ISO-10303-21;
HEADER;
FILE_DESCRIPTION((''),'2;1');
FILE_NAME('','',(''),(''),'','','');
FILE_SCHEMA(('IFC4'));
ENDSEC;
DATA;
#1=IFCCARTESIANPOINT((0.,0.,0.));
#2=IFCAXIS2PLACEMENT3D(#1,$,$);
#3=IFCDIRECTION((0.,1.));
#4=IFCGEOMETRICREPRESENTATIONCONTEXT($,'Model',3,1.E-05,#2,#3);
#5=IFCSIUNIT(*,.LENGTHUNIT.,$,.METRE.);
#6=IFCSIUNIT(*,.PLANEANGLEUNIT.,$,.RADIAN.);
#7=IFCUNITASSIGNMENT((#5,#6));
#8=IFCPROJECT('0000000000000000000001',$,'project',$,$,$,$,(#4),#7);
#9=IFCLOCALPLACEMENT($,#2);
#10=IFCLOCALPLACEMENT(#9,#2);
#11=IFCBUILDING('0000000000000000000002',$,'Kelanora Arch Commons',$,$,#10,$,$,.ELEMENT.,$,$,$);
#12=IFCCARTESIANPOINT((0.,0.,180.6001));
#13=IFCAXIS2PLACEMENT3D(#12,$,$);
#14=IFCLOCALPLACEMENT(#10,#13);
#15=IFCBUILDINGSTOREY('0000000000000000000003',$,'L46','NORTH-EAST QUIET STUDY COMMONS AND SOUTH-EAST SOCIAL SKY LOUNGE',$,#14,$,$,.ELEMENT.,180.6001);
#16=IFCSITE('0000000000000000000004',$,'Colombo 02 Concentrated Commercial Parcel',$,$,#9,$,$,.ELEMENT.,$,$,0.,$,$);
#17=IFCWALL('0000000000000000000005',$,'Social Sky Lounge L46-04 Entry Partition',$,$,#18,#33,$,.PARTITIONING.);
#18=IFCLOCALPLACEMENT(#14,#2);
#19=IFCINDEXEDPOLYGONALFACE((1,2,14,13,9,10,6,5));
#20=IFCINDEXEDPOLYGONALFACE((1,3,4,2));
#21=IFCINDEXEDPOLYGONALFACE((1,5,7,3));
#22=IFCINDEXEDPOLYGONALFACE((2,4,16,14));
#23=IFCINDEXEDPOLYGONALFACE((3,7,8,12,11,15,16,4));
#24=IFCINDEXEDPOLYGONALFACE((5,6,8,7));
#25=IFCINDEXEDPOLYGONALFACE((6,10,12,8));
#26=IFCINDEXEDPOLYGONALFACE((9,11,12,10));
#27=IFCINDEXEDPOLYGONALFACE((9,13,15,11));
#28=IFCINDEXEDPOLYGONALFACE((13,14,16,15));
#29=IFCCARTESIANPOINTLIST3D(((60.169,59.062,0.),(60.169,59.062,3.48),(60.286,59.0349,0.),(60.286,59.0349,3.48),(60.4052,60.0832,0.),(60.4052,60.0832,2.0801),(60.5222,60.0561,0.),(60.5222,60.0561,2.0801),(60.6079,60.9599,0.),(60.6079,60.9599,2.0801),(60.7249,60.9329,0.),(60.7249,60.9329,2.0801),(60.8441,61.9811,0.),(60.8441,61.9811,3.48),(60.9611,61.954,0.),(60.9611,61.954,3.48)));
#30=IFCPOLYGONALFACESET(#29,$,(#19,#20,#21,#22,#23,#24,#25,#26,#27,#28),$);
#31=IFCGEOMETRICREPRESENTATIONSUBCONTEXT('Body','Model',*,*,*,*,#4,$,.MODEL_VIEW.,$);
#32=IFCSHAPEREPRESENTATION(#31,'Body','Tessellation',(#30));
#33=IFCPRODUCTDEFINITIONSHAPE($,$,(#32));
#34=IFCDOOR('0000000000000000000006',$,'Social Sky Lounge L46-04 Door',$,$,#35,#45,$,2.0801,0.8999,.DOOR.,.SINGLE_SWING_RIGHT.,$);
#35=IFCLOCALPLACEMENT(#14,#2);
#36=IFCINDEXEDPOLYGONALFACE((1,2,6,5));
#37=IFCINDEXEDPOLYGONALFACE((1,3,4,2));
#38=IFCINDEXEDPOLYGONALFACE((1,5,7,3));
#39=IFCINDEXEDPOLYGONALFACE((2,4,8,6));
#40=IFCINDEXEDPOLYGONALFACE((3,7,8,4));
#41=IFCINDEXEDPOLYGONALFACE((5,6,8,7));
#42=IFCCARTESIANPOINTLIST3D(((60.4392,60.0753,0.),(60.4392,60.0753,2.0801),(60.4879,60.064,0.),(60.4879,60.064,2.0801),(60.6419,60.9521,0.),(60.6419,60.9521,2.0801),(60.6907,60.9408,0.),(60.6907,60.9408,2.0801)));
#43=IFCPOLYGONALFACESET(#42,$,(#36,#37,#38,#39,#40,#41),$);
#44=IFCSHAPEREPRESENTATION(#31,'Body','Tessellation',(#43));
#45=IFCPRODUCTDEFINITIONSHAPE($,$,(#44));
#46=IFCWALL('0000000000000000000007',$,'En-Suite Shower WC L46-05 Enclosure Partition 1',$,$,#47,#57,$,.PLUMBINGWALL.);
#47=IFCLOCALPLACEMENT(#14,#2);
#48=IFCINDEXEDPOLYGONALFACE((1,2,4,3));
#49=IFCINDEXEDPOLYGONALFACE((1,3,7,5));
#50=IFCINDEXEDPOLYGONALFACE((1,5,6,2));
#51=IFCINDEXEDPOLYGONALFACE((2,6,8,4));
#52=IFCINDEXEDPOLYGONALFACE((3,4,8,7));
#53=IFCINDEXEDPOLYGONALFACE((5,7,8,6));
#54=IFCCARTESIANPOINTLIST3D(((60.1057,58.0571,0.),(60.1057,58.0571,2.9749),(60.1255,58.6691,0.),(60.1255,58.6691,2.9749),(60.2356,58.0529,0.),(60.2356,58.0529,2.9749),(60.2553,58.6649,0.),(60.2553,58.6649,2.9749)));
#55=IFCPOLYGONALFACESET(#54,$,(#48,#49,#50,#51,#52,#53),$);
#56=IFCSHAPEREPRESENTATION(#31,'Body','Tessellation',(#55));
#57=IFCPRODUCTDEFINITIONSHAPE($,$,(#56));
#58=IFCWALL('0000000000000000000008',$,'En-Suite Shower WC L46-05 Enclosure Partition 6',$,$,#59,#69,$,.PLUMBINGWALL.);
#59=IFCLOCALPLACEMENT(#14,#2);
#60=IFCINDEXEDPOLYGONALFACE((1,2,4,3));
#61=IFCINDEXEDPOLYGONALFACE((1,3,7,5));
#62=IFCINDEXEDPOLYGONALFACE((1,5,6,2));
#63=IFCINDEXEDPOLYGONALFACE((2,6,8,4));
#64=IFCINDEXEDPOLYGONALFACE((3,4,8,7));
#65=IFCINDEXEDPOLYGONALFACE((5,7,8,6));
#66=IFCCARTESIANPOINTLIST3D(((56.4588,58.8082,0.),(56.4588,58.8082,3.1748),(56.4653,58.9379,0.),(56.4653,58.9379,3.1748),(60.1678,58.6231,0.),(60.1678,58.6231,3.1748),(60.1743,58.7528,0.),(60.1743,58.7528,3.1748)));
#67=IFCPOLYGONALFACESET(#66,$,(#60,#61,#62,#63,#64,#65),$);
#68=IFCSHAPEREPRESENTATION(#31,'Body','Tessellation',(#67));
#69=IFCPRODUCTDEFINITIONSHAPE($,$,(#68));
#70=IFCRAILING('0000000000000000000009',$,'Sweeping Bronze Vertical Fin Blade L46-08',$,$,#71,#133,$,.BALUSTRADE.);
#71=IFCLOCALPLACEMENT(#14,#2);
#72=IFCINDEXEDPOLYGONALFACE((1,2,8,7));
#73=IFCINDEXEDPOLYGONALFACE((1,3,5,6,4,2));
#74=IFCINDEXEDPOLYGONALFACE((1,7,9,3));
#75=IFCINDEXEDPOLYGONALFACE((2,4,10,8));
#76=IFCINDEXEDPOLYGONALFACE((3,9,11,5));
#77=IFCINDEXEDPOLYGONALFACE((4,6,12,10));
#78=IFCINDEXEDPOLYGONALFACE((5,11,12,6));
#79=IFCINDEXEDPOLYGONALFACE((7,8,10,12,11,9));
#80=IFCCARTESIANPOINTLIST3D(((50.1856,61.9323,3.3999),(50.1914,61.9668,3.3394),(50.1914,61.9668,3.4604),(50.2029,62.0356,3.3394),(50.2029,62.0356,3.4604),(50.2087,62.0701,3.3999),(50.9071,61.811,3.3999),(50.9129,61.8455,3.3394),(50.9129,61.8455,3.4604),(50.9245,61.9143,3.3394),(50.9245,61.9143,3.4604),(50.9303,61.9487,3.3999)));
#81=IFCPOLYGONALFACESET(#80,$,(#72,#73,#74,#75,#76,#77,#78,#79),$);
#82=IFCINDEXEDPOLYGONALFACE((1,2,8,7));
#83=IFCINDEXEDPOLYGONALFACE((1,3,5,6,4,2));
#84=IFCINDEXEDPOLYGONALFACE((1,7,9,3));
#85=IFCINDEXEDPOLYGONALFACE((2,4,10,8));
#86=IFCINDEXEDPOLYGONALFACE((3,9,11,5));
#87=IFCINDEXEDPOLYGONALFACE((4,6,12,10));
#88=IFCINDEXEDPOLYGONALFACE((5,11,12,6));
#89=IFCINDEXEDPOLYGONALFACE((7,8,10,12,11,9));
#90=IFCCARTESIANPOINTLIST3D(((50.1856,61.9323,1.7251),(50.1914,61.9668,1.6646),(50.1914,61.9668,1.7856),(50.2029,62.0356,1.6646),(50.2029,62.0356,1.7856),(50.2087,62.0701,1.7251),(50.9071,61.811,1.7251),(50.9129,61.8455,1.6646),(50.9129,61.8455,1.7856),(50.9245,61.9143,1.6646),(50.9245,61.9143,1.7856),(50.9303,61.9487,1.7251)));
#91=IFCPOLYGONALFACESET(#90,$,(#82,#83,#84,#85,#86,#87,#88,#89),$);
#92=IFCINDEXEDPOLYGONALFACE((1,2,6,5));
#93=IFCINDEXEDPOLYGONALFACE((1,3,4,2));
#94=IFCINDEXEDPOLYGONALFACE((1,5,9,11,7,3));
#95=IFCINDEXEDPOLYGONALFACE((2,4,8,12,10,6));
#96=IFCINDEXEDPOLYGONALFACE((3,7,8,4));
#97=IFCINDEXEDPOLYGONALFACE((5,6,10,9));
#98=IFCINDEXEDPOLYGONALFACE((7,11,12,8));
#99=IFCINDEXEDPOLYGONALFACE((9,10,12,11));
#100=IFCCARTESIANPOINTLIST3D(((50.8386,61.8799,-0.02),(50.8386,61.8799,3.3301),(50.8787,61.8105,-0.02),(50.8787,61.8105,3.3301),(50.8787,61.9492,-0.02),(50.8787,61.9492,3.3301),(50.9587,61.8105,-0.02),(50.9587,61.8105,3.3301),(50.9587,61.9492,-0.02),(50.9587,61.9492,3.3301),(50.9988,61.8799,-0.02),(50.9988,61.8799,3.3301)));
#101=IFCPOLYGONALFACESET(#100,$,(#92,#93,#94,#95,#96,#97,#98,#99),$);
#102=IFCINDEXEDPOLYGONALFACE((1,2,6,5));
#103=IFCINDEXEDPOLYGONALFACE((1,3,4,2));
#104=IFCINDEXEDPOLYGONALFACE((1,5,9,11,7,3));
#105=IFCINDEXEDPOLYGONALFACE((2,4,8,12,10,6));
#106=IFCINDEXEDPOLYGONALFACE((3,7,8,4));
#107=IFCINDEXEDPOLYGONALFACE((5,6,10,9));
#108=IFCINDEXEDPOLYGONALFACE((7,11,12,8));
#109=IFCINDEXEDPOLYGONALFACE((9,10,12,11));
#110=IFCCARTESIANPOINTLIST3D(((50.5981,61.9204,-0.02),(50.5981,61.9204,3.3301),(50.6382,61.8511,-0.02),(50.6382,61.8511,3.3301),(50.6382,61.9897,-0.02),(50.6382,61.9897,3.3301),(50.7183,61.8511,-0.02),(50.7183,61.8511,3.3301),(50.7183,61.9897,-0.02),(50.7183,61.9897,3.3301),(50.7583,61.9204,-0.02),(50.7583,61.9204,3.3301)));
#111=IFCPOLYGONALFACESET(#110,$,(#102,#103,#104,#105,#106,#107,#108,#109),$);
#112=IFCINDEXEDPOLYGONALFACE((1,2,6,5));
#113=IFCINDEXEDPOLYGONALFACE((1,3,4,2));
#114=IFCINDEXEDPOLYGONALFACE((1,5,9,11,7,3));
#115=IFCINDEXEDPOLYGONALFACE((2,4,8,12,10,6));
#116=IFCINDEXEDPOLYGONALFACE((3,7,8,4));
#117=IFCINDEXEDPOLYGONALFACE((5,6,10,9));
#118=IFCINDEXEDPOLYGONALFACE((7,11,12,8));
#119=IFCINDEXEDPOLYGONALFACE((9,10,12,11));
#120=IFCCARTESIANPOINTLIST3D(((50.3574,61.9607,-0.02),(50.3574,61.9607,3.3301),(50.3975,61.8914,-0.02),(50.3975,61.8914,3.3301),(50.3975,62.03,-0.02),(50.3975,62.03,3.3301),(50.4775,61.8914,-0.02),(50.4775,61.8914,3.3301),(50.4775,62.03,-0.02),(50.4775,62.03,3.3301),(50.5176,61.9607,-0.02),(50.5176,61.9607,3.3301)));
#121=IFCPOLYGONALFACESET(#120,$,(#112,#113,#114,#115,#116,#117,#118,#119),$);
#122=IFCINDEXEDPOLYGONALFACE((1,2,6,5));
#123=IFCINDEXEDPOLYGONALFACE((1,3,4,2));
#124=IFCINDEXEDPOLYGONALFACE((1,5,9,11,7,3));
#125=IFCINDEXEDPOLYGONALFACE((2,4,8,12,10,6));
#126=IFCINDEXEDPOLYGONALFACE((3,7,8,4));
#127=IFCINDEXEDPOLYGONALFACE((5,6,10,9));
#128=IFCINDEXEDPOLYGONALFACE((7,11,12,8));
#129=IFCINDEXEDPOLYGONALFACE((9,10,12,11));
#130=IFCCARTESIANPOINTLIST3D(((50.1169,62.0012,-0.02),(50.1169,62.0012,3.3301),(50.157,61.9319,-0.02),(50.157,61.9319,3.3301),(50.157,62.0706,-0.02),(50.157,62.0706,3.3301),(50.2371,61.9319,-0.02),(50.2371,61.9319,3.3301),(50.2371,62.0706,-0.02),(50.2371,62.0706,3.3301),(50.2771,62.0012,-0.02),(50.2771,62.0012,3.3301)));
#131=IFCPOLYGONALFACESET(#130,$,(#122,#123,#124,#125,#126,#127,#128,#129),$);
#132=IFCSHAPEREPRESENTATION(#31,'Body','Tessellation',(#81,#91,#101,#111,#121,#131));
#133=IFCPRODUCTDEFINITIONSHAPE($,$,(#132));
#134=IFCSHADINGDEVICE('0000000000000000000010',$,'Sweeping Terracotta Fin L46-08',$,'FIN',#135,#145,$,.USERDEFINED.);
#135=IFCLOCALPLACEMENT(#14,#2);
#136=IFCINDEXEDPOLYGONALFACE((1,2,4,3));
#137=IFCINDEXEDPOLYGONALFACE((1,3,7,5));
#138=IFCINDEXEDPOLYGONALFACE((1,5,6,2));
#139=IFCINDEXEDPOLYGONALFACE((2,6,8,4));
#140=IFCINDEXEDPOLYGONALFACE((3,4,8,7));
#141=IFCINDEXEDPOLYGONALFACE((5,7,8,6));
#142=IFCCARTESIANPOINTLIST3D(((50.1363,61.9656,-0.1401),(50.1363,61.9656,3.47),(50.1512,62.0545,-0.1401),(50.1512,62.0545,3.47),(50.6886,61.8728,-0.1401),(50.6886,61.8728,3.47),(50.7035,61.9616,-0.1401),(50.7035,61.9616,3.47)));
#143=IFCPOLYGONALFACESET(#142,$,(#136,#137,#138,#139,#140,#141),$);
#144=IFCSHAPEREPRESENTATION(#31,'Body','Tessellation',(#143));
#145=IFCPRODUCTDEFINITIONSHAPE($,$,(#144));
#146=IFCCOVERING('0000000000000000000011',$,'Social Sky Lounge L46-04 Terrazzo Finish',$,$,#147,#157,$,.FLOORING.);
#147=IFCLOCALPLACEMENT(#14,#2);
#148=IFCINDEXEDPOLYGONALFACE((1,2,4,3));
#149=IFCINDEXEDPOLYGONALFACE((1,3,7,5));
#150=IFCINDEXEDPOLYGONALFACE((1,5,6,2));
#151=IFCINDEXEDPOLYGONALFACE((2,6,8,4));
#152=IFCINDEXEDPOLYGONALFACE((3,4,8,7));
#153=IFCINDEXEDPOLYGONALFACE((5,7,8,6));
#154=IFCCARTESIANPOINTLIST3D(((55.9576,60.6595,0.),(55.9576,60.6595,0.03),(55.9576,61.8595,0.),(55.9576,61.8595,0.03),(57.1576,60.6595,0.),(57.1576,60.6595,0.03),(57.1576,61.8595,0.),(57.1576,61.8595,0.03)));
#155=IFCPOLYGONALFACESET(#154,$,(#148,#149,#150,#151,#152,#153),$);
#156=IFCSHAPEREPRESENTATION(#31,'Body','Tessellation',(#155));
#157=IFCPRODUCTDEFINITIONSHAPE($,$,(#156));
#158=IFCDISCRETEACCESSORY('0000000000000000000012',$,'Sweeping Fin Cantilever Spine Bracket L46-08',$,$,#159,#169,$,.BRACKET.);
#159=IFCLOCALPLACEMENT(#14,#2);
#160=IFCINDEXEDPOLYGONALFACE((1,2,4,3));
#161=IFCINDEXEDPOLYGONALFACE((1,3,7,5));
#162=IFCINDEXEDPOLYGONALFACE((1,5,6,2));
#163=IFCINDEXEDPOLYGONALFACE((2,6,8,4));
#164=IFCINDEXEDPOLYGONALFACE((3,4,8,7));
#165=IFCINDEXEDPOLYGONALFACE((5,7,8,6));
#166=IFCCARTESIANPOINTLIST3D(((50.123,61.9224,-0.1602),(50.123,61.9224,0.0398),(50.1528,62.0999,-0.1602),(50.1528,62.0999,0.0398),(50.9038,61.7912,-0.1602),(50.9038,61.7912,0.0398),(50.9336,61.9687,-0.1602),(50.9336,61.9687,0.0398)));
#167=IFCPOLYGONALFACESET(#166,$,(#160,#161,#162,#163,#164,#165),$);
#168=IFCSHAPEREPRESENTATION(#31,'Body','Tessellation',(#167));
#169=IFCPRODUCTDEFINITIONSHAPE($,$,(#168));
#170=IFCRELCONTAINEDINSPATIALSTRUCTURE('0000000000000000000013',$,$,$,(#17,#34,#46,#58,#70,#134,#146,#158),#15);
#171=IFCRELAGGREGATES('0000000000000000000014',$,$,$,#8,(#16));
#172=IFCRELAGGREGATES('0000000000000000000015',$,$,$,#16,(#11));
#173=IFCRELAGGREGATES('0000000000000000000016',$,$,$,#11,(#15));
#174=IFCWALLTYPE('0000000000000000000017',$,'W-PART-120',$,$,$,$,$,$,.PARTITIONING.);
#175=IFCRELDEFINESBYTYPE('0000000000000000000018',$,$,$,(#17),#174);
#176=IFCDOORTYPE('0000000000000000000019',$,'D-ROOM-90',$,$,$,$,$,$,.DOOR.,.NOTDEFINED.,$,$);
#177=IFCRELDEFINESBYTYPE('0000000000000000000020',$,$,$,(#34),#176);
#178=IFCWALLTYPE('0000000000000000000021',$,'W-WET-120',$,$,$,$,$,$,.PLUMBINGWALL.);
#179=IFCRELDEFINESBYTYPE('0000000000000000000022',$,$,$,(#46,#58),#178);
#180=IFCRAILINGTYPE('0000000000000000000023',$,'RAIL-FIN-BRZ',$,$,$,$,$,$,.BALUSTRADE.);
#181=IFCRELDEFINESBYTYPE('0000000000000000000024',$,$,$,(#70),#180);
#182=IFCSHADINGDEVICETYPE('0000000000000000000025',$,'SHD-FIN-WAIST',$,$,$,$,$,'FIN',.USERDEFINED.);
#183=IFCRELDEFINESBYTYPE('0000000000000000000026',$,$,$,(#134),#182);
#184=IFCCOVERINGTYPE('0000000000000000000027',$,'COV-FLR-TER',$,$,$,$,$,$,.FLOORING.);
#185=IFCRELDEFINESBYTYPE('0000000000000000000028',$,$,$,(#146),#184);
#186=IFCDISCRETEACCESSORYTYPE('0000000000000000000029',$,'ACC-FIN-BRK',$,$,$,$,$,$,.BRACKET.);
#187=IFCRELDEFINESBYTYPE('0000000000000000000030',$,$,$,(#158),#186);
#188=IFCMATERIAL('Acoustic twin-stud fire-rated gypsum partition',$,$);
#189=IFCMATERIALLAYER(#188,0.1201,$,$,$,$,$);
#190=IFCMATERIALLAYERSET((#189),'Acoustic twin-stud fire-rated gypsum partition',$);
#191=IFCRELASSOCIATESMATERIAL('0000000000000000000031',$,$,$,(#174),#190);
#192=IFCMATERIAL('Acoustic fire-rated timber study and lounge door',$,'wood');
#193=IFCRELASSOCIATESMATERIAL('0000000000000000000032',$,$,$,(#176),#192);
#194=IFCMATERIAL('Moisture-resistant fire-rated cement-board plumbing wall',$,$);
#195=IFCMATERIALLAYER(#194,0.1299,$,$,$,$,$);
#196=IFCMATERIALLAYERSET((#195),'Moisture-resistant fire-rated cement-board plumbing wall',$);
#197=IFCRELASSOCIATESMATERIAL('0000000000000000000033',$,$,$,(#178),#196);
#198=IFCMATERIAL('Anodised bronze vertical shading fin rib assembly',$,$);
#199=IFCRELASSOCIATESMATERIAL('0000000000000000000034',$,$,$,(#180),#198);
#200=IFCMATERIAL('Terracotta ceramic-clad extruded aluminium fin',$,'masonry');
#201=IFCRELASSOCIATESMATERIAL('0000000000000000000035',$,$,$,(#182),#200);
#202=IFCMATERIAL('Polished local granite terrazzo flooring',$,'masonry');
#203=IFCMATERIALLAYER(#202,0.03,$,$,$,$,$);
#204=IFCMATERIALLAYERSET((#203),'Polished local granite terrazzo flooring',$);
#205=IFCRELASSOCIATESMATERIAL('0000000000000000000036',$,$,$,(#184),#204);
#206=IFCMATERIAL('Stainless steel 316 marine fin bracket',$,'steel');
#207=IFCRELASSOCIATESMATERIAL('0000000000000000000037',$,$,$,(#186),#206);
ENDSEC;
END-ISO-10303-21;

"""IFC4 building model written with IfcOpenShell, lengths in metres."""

from ifc_helpers import new_model, si_unit, direction, frame, frame_2d, origin, origin_2d, place, context, subcontext, project, spatial, polyline, rectangle, outline, extrude, source, transform, mapped, material, layer, layer_set, type_object, element, fill, save


model = new_model("IFC4")

# Units and contexts
model_context = context("Model", 3, precision=1e-05, world=origin(), true_north=direction((0.0, 1.0)))
body_context = subcontext(model_context, "Body", "Model", "MODEL_VIEW")
ifc_project = project(units=[si_unit("LENGTHUNIT", "METRE"), si_unit("PLANEANGLEUNIT", "RADIAN")], contexts=[model_context])

# Site, building, storey
site_placement = place(None, origin())
site = spatial("IfcSite", under=ifc_project, at=site_placement, Name="Colombo 02 Concentrated Commercial Parcel", CompositionType="ELEMENT", RefElevation=0.0)
building_placement = place(site_placement, origin())
building = spatial("IfcBuilding", under=site, at=building_placement, Name="Kelanora Arch Commons", CompositionType="ELEMENT")
storey_placement = place(building_placement, frame((0.0, 0.0, 180.6001)))
storey = spatial("IfcBuildingStorey", under=building, at=storey_placement, Name="L46", Description="NORTH-EAST QUIET STUDY COMMONS AND SOUTH-EAST SOCIAL SKY LOUNGE", CompositionType="ELEMENT", Elevation=180.6001)

# Wall, opening, door
ifc_material_1 = material(Name="Acoustic twin-stud fire-rated gypsum partition")
ifc_layer_1 = layer(ifc_material_1, 0.1201)
ifc_layer_set_1 = layer_set([ifc_layer_1], Name="Acoustic twin-stud fire-rated gypsum partition")
wall_type_1 = type_object("IfcWallType", Name="W-PART-120", PredefinedType="PARTITIONING", material=ifc_layer_set_1)
wall_1_placement = place(storey_placement, frame((60.9026, 61.9675, 0.0), z_axis=(0.0, 0.0, 1.0), x_axis=(-0.225318, -0.974285, 0.0)))
wall_1 = element("IfcWall", 1, at=wall_1_placement, inside=storey, type_object=wall_type_1, Name="Social Sky Lounge L46-04 Entry Partition", PredefinedType="PARTITIONING", context=body_context, shape_type="SweptSolid", body=[
    extrude(rectangle(XDim=2.9961, YDim=0.1201, at=frame_2d((1.498, 0.0))), origin(), (0.0, 0.0, 1.0), 3.48),
])
opening_placement = place(wall_1_placement, frame((1.0481, 0.0, 0.0)))
opening = element("IfcOpeningElement", 2, at=opening_placement, cuts=wall_1, PredefinedType="OPENING", context=body_context, shape_type="SweptSolid", body=[
    extrude(rectangle(XDim=0.8999, YDim=2.0801, at=frame_2d((0.45, 1.04))), frame((0.0, 0.0701, 0.0), z_axis=(0.0, -1.0, 0.0), x_axis=(1.0, 0.0, 0.0)), (0.0, 0.0, 1.0), 0.1401),
])
ifc_material_2 = material(Name="Acoustic fire-rated timber study and lounge door", Category="wood")
door_type = type_object("IfcDoorType", Name="D-ROOM-90", OperationType="NOTDEFINED", PredefinedType="DOOR", material=ifc_material_2)
door_placement = place(opening_placement, origin())
door = element("IfcDoor", 3, at=door_placement, inside=storey, type_object=door_type, Name="Social Sky Lounge L46-04 Door", OperationType="SINGLE_SWING_RIGHT", OverallHeight=2.0801, OverallWidth=0.8999, PredefinedType="DOOR", context=body_context, shape_type="SweptSolid", body=[
    extrude(rectangle(XDim=0.8999, YDim=2.0801, at=frame_2d((0.45, 1.04))), frame((0.0, 0.0249, 0.0), z_axis=(0.0, -1.0, 0.0), x_axis=(1.0, 0.0, 0.0)), (0.0, 0.0, 1.0), 0.05),
])
fill(opening, door)

# Walls
ifc_material_3 = material(Name="Moisture-resistant fire-rated cement-board plumbing wall")
ifc_layer_2 = layer(ifc_material_3, 0.1299)
ifc_layer_set_2 = layer_set([ifc_layer_2], Name="Moisture-resistant fire-rated cement-board plumbing wall")
wall_type_2 = type_object("IfcWallType", Name="W-WET-120", PredefinedType="PLUMBINGWALL", material=ifc_layer_set_2)
wall_2_placement = place(storey_placement, frame((60.1904, 58.667, 0.0), z_axis=(0.0, 0.0, 1.0), x_axis=(-0.032293, -0.999478, 0.0)))
element("IfcWall", 4, at=wall_2_placement, inside=storey, type_object=wall_type_2, Name="En-Suite Shower WC L46-05 Enclosure Partition 1", PredefinedType="PLUMBINGWALL", context=body_context, shape_type="SweptSolid", body=[
    extrude(rectangle(XDim=0.6123, YDim=0.1299, at=frame_2d((0.3062, 0.0))), origin(), (0.0, 0.0, 1.0), 2.9749),
])
wall_3_placement = place(storey_placement, frame((56.4619, 58.873, 0.0), z_axis=(0.0, 0.0, 1.0), x_axis=(0.998758, -0.049833, 0.0)))
element("IfcWall", 5, at=wall_3_placement, inside=storey, type_object=wall_type_2, Name="En-Suite Shower WC L46-05 Enclosure Partition 6", PredefinedType="PLUMBINGWALL", context=body_context, shape_type="SweptSolid", body=[
    extrude(rectangle(XDim=3.7136, YDim=0.1299, at=frame_2d((1.8569, 0.0))), origin(), (0.0, 0.0, 1.0), 3.1748),
])

# Railing
ifc_material_4 = material(Name="Anodised bronze vertical shading fin rib assembly")
railing_type = type_object("IfcRailingType", Name="RAIL-FIN-BRZ", PredefinedType="BALUSTRADE", material=ifc_material_4)
railing_placement = place(storey_placement, frame((50.9187, 61.8799, -0.02)))
element("IfcRailing", 6, at=railing_placement, inside=storey, type_object=railing_type, Name="Sweeping Bronze Vertical Fin Blade L46-08", PredefinedType="BALUSTRADE", context=body_context, shape_type="SweptSolid", body=[
    extrude(outline(polyline([(0.0698, 0.0), (0.0349, 0.0605), (-0.0349, 0.0605), (-0.0698, 0.0), (-0.0349, -0.0605), (0.0349, -0.0605), (0.0698, 0.0)])), frame((0.0, 0.0, 3.4199), z_axis=(-0.986158, 0.165805, 0.0), x_axis=(-0.165805, -0.986158, 0.0)), (0.0, 0.0, 1.0), 0.7317),
    extrude(outline(polyline([(0.0698, 0.0), (0.0349, 0.0605), (-0.0349, 0.0605), (-0.0698, 0.0), (-0.0349, -0.0605), (0.0349, -0.0605), (0.0698, 0.0)])), frame((0.0, 0.0, 1.7451), z_axis=(-0.986158, 0.165805, 0.0), x_axis=(-0.165805, -0.986158, 0.0)), (0.0, 0.0, 1.0), 0.7317),
    extrude(outline(polyline([(0.0801, 0.0), (0.04, 0.0693), (-0.04, 0.0693), (-0.0801, 0.0), (-0.04, -0.0693), (0.04, -0.0693), (0.0801, 0.0)])), origin(), (0.0, 0.0, 1.0), 3.3501),
    extrude(outline(polyline([(0.0801, 0.0), (0.04, 0.0693), (-0.04, 0.0693), (-0.0801, 0.0), (-0.04, -0.0693), (0.04, -0.0693), (0.0801, 0.0)])), frame((-0.2405, 0.0405, 0.0)), (0.0, 0.0, 1.0), 3.3501),
    extrude(outline(polyline([(0.0801, 0.0), (0.04, 0.0693), (-0.04, 0.0693), (-0.0801, 0.0), (-0.04, -0.0693), (0.04, -0.0693), (0.0801, 0.0)])), frame((-0.4812, 0.0808, 0.0)), (0.0, 0.0, 1.0), 3.3501),
    extrude(outline(polyline([(0.0801, 0.0), (0.04, 0.0693), (-0.04, 0.0693), (-0.0801, 0.0), (-0.04, -0.0693), (0.04, -0.0693), (0.0801, 0.0)])), frame((-0.7217, 0.1213, 0.0)), (0.0, 0.0, 1.0), 3.3501),
])

# Shading device
ifc_material_5 = material(Name="Terracotta ceramic-clad extruded aluminium fin", Category="masonry")
shading_device_type = type_object("IfcShadingDeviceType", Name="SHD-FIN-WAIST", ElementType="FIN", PredefinedType="USERDEFINED", material=ifc_material_5)
shared_shape_1 = source(origin(), body_context, "Body", "SweptSolid", [
    extrude(rectangle(XDim=0.5601, YDim=0.0901, at=origin_2d()), origin(), (0.0, 0.0, 1.0), 3.6101),
])
shading_device_placement = place(storey_placement, frame((50.4199, 61.9636, -0.1401), z_axis=(0.0, 0.0, 1.0), x_axis=(-0.98617, 0.165736, 0.0)))
element("IfcShadingDevice", 7, at=shading_device_placement, inside=storey, type_object=shading_device_type, Name="Sweeping Terracotta Fin L46-08", ObjectType="FIN", PredefinedType="USERDEFINED", context=body_context, shape_type="MappedRepresentation", body=[
    mapped(shared_shape_1, transform((0.0, 0.0, 0.0), scale=1.0)),
])

# Covering
ifc_material_6 = material(Name="Polished local granite terrazzo flooring", Category="masonry")
ifc_layer_3 = layer(ifc_material_6, 0.03)
ifc_layer_set_3 = layer_set([ifc_layer_3], Name="Polished local granite terrazzo flooring")
covering_type = type_object("IfcCoveringType", Name="COV-FLR-TER", PredefinedType="FLOORING", material=ifc_layer_set_3)
shared_shape_2 = source(origin(), body_context, "Body", "SweptSolid", [
    extrude(rectangle(XDim=1.2, YDim=1.2, at=origin_2d()), origin(), (0.0, 0.0, 1.0), 0.03),
])
covering_placement = place(storey_placement, frame((56.5576, 61.2595, 0.0), z_axis=(0.0, 0.0, 1.0), x_axis=(1.0, 0.0, 0.0)))
element("IfcCovering", 8, at=covering_placement, inside=storey, type_object=covering_type, Name="Social Sky Lounge L46-04 Terrazzo Finish", PredefinedType="FLOORING", context=body_context, shape_type="MappedRepresentation", body=[
    mapped(shared_shape_2, transform((0.0, 0.0, 0.0), scale=1.0)),
])

# Discrete accessory
ifc_material_7 = material(Name="Stainless steel 316 marine fin bracket", Category="steel")
discrete_accessory_type = type_object("IfcDiscreteAccessoryType", Name="ACC-FIN-BRK", PredefinedType="BRACKET", material=ifc_material_7)
shared_shape_3 = source(origin(), body_context, "Body", "SweptSolid", [
    extrude(rectangle(XDim=0.7917, YDim=0.1799, at=origin_2d()), origin(), (0.0, 0.0, 1.0), 0.2),
])
discrete_accessory_placement = place(storey_placement, frame((50.5283, 61.9456, -0.1602), z_axis=(0.0, 0.0, 1.0), x_axis=(-0.98617, 0.165736, 0.0)))
element("IfcDiscreteAccessory", 9, at=discrete_accessory_placement, inside=storey, type_object=discrete_accessory_type, Name="Sweeping Fin Cantilever Spine Bracket L46-08", PredefinedType="BRACKET", context=body_context, shape_type="MappedRepresentation", body=[
    mapped(shared_shape_3, transform((0.0, 0.0, 0.0), scale=1.0)),
])

save(model, "model.ifc")
